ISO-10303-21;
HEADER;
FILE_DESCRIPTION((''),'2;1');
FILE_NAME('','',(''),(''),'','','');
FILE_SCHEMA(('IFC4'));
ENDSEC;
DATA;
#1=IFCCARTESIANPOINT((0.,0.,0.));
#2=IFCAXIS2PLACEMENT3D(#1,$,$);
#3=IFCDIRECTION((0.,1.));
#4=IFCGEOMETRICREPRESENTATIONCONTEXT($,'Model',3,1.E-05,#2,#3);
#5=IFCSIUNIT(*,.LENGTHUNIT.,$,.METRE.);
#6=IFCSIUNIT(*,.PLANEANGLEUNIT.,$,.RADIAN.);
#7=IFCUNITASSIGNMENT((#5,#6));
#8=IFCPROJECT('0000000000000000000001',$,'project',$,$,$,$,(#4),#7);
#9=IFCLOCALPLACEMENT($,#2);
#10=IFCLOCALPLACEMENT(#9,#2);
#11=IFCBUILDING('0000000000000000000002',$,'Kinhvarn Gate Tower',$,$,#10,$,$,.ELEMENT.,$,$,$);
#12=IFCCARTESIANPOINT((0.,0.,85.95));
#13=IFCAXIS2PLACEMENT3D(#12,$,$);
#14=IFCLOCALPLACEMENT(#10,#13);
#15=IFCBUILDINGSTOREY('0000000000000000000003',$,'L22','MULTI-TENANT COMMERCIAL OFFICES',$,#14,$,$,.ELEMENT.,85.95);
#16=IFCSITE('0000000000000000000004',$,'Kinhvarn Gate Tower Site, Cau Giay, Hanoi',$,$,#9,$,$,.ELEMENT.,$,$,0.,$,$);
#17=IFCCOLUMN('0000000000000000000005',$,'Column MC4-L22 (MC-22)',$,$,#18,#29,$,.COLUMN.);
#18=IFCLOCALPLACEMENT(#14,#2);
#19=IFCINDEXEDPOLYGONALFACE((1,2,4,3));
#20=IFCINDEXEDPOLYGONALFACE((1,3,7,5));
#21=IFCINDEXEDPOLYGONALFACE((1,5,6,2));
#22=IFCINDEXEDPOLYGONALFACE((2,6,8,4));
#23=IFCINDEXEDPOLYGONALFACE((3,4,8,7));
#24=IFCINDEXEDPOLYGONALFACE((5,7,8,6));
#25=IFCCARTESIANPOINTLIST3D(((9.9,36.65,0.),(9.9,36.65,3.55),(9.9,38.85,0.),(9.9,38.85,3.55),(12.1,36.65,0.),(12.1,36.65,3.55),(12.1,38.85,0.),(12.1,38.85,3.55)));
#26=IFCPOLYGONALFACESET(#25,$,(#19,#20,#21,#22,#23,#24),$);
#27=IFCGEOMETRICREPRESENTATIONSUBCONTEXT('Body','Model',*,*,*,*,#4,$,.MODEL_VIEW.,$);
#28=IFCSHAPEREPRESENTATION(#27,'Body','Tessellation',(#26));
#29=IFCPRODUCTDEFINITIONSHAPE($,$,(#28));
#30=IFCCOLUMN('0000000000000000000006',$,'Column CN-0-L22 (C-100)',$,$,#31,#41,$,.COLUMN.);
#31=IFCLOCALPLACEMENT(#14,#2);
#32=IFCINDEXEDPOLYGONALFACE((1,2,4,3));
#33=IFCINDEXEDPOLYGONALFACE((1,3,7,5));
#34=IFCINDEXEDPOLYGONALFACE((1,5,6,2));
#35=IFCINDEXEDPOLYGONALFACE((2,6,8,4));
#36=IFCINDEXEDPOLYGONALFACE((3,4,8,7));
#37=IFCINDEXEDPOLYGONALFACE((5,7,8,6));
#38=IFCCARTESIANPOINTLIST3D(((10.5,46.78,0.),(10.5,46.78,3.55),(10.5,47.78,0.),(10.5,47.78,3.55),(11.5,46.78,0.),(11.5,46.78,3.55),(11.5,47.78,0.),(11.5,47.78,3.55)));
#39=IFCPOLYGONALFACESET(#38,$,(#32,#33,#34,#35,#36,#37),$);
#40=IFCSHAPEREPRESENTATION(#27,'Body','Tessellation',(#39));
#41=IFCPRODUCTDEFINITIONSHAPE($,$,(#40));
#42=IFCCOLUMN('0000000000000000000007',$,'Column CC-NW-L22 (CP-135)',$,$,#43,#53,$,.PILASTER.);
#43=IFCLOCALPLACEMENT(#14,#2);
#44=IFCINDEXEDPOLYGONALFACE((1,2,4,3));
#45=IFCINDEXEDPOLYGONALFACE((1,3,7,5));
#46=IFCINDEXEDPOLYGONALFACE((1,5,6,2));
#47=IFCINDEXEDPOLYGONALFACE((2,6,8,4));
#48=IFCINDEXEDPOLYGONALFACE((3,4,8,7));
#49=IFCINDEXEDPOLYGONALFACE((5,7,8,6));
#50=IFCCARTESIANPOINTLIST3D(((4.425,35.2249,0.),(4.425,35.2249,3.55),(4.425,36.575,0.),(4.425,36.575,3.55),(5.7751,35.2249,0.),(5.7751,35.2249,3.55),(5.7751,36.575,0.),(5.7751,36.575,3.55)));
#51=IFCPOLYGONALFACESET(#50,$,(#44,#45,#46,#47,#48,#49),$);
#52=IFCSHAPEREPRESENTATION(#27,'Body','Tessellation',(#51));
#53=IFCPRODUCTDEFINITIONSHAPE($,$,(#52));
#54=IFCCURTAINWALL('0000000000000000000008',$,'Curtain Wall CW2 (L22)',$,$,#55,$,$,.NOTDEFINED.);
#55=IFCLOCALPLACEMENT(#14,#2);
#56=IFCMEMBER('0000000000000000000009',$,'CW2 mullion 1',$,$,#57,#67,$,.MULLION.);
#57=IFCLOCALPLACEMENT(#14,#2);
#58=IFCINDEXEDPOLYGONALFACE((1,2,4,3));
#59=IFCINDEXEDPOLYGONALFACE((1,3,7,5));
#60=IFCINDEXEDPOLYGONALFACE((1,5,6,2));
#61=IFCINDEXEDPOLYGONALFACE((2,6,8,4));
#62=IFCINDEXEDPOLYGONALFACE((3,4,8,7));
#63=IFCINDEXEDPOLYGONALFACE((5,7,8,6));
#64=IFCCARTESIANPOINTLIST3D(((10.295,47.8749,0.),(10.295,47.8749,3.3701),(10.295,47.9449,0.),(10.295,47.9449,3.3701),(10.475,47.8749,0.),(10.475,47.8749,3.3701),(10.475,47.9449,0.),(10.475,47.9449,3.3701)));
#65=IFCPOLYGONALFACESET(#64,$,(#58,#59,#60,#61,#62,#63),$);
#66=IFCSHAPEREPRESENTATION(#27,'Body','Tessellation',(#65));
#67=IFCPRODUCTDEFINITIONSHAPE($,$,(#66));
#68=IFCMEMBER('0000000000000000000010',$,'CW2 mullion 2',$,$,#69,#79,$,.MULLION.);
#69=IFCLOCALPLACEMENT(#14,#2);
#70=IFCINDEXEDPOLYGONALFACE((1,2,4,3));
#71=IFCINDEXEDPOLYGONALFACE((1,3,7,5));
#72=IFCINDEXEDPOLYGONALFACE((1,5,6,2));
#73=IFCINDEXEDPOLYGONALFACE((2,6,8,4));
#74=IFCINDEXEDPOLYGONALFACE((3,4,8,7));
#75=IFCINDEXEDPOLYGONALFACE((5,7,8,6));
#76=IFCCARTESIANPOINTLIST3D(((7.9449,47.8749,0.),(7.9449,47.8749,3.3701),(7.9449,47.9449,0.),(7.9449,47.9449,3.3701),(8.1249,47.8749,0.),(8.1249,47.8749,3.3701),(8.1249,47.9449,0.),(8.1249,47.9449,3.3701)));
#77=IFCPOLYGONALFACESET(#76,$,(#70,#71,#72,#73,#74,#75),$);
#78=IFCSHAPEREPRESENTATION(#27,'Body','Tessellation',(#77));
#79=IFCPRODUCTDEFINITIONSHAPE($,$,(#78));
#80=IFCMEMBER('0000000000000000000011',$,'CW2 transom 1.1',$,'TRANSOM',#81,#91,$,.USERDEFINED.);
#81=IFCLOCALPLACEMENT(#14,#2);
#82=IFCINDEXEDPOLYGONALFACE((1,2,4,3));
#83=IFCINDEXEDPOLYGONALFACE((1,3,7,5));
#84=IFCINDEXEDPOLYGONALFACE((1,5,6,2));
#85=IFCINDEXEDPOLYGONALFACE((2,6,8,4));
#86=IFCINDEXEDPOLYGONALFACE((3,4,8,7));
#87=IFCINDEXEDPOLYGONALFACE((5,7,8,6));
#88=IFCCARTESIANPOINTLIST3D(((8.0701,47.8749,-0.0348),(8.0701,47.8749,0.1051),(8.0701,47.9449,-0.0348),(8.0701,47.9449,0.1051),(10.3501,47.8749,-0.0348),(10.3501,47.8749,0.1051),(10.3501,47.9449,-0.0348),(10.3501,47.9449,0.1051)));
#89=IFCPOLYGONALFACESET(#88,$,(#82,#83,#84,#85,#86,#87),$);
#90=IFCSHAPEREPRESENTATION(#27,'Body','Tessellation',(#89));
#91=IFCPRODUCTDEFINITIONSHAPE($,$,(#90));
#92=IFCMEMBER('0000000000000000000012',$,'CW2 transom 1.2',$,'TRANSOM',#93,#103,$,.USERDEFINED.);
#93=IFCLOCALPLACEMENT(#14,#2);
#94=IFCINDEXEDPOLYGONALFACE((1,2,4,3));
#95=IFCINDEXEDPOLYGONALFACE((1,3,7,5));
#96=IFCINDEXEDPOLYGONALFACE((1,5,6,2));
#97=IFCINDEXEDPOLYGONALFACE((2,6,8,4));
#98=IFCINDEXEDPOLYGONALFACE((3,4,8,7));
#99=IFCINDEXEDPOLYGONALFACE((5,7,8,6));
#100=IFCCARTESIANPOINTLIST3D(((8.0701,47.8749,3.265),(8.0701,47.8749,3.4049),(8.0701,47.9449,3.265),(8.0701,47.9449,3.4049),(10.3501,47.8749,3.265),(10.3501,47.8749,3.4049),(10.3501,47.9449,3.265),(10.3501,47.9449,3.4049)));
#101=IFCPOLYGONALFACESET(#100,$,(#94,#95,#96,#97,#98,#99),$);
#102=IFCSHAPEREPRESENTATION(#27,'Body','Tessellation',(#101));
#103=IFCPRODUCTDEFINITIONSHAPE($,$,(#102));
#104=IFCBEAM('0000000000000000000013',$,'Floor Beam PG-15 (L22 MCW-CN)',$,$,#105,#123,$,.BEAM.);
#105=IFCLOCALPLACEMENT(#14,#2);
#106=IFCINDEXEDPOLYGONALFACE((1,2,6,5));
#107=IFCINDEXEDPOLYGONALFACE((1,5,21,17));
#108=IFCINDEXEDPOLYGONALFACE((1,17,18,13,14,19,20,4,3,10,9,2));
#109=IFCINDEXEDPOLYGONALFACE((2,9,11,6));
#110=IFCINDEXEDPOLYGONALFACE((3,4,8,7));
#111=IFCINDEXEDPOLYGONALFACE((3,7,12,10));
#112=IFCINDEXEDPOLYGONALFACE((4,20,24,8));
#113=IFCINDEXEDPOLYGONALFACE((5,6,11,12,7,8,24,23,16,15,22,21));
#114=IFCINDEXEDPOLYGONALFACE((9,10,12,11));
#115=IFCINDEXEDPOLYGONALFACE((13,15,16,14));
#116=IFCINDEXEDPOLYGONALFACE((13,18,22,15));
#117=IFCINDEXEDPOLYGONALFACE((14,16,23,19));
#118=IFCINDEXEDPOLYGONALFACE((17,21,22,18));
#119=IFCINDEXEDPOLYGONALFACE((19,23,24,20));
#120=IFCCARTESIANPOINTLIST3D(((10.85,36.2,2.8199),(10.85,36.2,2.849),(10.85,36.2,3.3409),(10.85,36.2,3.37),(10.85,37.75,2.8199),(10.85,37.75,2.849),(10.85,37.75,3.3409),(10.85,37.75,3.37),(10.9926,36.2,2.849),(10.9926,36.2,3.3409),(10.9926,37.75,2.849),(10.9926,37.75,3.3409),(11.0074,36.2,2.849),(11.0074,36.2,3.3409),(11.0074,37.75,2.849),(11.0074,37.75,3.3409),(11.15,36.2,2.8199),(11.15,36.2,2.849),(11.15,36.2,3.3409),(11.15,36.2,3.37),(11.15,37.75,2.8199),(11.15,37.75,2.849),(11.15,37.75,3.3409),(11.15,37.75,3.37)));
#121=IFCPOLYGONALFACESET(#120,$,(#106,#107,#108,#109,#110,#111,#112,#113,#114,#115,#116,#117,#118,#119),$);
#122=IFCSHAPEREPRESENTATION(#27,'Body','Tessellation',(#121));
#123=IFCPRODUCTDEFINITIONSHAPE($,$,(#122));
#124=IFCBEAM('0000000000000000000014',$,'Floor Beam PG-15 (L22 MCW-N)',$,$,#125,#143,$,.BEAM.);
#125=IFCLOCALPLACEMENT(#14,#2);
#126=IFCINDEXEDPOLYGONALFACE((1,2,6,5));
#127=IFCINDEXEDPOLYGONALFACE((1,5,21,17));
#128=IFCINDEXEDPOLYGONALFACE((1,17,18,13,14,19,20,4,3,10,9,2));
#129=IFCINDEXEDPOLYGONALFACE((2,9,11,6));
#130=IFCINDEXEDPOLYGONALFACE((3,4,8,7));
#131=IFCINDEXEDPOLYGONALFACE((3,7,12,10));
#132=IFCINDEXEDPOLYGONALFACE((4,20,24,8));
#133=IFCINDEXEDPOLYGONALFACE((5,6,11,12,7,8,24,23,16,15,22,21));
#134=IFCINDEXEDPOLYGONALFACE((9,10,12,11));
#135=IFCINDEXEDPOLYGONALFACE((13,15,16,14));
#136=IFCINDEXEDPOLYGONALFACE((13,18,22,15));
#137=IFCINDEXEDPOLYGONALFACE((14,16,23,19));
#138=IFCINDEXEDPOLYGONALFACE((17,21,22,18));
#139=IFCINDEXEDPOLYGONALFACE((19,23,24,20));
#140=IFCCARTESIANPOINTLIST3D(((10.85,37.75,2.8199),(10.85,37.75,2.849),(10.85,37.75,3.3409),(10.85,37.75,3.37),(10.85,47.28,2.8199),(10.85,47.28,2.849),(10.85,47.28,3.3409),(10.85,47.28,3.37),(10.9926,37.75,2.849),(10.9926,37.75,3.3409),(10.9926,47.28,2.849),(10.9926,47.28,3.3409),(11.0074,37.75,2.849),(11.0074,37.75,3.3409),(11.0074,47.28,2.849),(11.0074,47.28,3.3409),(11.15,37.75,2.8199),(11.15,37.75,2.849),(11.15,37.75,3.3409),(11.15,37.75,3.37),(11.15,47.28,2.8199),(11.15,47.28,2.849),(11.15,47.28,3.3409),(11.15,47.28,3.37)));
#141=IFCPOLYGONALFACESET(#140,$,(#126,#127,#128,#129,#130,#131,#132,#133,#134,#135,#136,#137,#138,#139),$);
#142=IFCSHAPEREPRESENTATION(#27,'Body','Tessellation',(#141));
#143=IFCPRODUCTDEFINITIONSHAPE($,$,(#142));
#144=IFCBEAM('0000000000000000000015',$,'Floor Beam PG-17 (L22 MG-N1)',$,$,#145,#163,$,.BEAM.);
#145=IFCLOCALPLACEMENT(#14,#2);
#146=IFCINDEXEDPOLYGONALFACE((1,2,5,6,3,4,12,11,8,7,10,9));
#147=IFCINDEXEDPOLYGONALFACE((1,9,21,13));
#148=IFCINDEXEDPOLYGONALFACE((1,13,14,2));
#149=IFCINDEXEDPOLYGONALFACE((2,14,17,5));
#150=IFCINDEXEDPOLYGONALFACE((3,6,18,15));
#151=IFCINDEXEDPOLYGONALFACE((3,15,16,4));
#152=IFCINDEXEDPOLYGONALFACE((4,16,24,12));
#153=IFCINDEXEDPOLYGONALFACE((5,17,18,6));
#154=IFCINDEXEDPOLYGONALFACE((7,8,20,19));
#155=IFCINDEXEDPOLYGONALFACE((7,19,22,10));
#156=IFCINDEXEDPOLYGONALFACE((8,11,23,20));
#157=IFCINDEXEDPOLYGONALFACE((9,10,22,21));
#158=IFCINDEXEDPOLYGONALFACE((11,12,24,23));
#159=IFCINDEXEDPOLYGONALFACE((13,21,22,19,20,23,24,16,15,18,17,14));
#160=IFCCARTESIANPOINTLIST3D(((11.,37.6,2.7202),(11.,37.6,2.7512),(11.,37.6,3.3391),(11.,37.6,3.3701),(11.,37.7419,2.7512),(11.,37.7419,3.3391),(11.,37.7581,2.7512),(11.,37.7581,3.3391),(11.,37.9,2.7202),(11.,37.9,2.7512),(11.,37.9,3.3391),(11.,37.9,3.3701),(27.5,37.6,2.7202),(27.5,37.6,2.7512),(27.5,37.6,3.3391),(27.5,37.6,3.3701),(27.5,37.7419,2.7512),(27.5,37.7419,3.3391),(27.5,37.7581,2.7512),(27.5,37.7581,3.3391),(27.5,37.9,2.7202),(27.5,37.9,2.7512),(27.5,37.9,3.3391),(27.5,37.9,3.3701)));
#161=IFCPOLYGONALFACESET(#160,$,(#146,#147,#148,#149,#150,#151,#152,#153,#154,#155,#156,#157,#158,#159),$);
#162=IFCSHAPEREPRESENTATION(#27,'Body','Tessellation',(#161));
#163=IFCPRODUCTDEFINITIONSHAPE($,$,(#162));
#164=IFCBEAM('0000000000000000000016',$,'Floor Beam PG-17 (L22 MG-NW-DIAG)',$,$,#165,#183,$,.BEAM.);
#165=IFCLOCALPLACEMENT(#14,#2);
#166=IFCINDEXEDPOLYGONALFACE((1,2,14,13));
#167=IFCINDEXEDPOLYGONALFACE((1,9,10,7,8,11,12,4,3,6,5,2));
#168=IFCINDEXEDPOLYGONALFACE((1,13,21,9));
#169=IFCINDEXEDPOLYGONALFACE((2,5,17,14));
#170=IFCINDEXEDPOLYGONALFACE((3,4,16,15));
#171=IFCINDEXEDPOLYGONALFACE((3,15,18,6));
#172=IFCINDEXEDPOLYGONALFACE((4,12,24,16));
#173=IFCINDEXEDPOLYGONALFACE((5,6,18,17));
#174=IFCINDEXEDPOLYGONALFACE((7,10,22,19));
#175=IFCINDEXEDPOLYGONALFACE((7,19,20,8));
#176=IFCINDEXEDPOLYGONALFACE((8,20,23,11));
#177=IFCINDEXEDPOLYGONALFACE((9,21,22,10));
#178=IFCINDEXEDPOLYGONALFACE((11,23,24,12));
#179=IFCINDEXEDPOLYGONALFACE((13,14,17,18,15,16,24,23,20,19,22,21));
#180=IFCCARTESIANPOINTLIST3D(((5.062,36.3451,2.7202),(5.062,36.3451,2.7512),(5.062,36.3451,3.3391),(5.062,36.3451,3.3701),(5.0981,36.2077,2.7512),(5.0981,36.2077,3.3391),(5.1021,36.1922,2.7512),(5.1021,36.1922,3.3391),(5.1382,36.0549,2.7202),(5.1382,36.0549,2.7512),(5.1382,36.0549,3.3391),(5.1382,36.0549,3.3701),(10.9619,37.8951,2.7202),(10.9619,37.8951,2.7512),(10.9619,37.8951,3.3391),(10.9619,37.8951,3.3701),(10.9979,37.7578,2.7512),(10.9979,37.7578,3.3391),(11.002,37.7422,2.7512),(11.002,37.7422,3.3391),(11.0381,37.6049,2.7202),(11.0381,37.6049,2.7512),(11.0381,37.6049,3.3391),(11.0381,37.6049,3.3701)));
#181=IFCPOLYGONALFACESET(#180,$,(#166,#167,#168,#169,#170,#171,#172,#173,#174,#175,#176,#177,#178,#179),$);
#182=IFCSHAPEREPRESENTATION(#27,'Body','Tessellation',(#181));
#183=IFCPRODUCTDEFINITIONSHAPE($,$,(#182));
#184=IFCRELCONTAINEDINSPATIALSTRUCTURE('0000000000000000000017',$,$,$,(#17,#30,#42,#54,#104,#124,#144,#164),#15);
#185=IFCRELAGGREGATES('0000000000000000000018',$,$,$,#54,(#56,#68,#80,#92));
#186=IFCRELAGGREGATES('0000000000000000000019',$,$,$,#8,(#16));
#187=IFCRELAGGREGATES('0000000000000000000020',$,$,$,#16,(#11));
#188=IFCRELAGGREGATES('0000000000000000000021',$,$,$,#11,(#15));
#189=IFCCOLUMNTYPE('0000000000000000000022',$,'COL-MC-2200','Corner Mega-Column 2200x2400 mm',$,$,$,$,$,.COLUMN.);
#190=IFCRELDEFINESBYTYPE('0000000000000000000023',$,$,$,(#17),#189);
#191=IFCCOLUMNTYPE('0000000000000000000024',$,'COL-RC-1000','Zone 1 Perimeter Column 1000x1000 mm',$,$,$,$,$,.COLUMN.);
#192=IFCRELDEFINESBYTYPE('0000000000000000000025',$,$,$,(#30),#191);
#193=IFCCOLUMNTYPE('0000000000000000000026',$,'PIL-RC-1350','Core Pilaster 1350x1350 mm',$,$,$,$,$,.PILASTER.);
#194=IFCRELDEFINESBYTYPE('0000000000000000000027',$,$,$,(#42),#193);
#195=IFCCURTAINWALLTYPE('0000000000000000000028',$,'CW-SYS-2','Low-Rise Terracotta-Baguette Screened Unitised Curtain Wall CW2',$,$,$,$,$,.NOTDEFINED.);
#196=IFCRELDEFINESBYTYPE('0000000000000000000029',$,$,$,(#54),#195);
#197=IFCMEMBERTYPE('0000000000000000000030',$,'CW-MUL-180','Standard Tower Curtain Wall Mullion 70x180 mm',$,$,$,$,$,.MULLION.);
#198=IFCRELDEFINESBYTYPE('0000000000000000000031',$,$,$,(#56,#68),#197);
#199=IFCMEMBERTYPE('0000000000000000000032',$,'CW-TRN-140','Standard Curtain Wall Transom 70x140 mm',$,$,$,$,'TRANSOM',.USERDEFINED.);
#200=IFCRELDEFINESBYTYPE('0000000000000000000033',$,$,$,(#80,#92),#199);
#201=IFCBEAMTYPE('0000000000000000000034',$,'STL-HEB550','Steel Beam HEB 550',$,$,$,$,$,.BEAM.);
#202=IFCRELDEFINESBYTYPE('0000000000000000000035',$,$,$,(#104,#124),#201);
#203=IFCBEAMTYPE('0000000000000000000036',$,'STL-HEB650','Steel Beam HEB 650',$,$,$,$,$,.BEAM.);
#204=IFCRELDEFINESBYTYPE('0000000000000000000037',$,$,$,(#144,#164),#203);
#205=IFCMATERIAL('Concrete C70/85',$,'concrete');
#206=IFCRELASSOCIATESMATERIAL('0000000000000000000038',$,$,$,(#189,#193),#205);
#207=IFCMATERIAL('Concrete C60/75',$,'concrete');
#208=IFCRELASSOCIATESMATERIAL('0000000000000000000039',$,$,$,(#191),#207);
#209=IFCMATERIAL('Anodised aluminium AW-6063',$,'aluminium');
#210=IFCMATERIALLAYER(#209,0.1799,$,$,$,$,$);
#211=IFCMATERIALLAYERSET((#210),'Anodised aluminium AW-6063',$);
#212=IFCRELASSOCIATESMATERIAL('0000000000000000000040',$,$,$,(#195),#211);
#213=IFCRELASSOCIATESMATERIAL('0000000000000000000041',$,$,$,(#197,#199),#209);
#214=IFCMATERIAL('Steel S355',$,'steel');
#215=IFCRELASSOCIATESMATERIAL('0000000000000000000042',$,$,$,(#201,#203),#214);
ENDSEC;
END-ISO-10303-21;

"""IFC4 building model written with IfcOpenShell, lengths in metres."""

from ifc_helpers import new_model, si_unit, direction, frame, origin, origin_2d, place, context, subcontext, project, spatial, rectangle, i_section, extrude, material, layer, layer_set, material_profile, profile_set, type_object, element, aggregate, save


model = new_model("IFC4")

# Units and contexts
model_context = context("Model", 3, precision=1e-05, world=origin(), true_north=direction((0.0, 1.0)))
body_context = subcontext(model_context, "Body", "Model", "MODEL_VIEW")
ifc_project = project(units=[si_unit("LENGTHUNIT", "METRE"), si_unit("PLANEANGLEUNIT", "RADIAN")], contexts=[model_context])

# Site, building, storey
site_placement = place(None, origin())
site = spatial("IfcSite", under=ifc_project, at=site_placement, Name="Kinhvarn Gate Tower Site, Cau Giay, Hanoi", CompositionType="ELEMENT", RefElevation=0.0)
building_placement = place(site_placement, origin())
building = spatial("IfcBuilding", under=site, at=building_placement, Name="Kinhvarn Gate Tower", CompositionType="ELEMENT")
storey_placement = place(building_placement, frame((0.0, 0.0, 85.95)))
storey = spatial("IfcBuildingStorey", under=building, at=storey_placement, Name="L22", Description="MULTI-TENANT COMMERCIAL OFFICES", CompositionType="ELEMENT", Elevation=85.95)

# Columns
ifc_material_1 = material(Name="Concrete C70/85", Category="concrete")
ifc_material_profile_1 = material_profile(ifc_material_1, rectangle(XDim=2.2, YDim=2.2, at=origin_2d()), Name="RC 2200x2200")
ifc_profile_set_1 = profile_set([ifc_material_profile_1], Name="Concrete C70/85")
column_type_1 = type_object("IfcColumnType", Name="COL-MC-2200", Description="Corner Mega-Column 2200x2400 mm", PredefinedType="COLUMN", material=ifc_profile_set_1)
column_1_placement = place(storey_placement, frame((11.0, 37.75, 0.0), z_axis=(0.0, 0.0, 1.0), x_axis=(1.0, 0.0, 0.0)))
element("IfcColumn", 1, at=column_1_placement, inside=storey, type_object=column_type_1, Name="Column MC4-L22 (MC-22)", PredefinedType="COLUMN", context=body_context, shape_type="SweptSolid", body=[
    extrude(rectangle(XDim=2.2, YDim=2.2, at=origin_2d()), origin(), (0.0, 0.0, 1.0), 3.55),
])
ifc_material_2 = material(Name="Concrete C60/75", Category="concrete")
ifc_material_profile_2 = material_profile(ifc_material_2, rectangle(XDim=1.0, YDim=1.0, at=origin_2d()), Name="RC 1000x1000")
ifc_profile_set_2 = profile_set([ifc_material_profile_2], Name="Concrete C60/75")
column_type_2 = type_object("IfcColumnType", Name="COL-RC-1000", Description="Zone 1 Perimeter Column 1000x1000 mm", PredefinedType="COLUMN", material=ifc_profile_set_2)
column_2_placement = place(storey_placement, frame((11.0, 47.28, 0.0), z_axis=(0.0, 0.0, 1.0), x_axis=(1.0, 0.0, 0.0)))
element("IfcColumn", 2, at=column_2_placement, inside=storey, type_object=column_type_2, Name="Column CN-0-L22 (C-100)", PredefinedType="COLUMN", context=body_context, shape_type="SweptSolid", body=[
    extrude(rectangle(XDim=1.0, YDim=1.0, at=origin_2d()), origin(), (0.0, 0.0, 1.0), 3.55),
])
ifc_material_profile_3 = material_profile(ifc_material_1, rectangle(XDim=1.3501, YDim=1.3501, at=origin_2d()), Name="RC 1350x1350")
ifc_profile_set_3 = profile_set([ifc_material_profile_3], Name="Concrete C70/85")
column_type_3 = type_object("IfcColumnType", Name="PIL-RC-1350", Description="Core Pilaster 1350x1350 mm", PredefinedType="PILASTER", material=ifc_profile_set_3)
column_3_placement = place(storey_placement, frame((5.1001, 35.8999, 0.0), z_axis=(0.0, 0.0, 1.0), x_axis=(1.0, 0.0, 0.0)))
element("IfcColumn", 3, at=column_3_placement, inside=storey, type_object=column_type_3, Name="Column CC-NW-L22 (CP-135)", PredefinedType="PILASTER", context=body_context, shape_type="SweptSolid", body=[
    extrude(rectangle(XDim=1.3501, YDim=1.3501, at=origin_2d()), origin(), (0.0, 0.0, 1.0), 3.55),
])

# Curtain wall, members
ifc_material_3 = material(Name="Anodised aluminium AW-6063", Category="aluminium")
ifc_layer_1 = layer(ifc_material_3, 0.1799)
ifc_layer_set_1 = layer_set([ifc_layer_1], Name="Anodised aluminium AW-6063")
curtain_wall_type = type_object("IfcCurtainWallType", Name="CW-SYS-2", Description="Low-Rise Terracotta-Baguette Screened Unitised Curtain Wall CW2", PredefinedType="NOTDEFINED", material=ifc_layer_set_1)
curtain_wall_placement = place(storey_placement, origin())
curtain_wall = element("IfcCurtainWall", 4, at=curtain_wall_placement, inside=storey, type_object=curtain_wall_type, Name="Curtain Wall CW2 (L22)", PredefinedType="NOTDEFINED")
ifc_material_profile_4 = material_profile(ifc_material_3, rectangle(XDim=0.0701, YDim=0.1799, at=origin_2d()), Name="ALU 70x180")
ifc_profile_set_4 = profile_set([ifc_material_profile_4], Name="Anodised aluminium AW-6063")
member_type_1 = type_object("IfcMemberType", Name="CW-MUL-180", Description="Standard Tower Curtain Wall Mullion 70x180 mm", PredefinedType="MULLION", material=ifc_profile_set_4)
member_1_placement = place(storey_placement, frame((10.385, 47.9099, 0.0), z_axis=(0.0, 0.0, 1.0), x_axis=(0.0, -1.0, 0.0)))
member_1 = element("IfcMember", 5, at=member_1_placement, type_object=member_type_1, Name="CW2 mullion 1", PredefinedType="MULLION", context=body_context, shape_type="SweptSolid", body=[
    extrude(rectangle(XDim=0.0701, YDim=0.1799, at=origin_2d()), origin(), (0.0, 0.0, 1.0), 3.3701),
])
member_2_placement = place(storey_placement, frame((8.0349, 47.9099, 0.0), z_axis=(0.0, 0.0, 1.0), x_axis=(0.0, -1.0, 0.0)))
member_2 = element("IfcMember", 6, at=member_2_placement, type_object=member_type_1, Name="CW2 mullion 2", PredefinedType="MULLION", context=body_context, shape_type="SweptSolid", body=[
    extrude(rectangle(XDim=0.0701, YDim=0.1799, at=origin_2d()), origin(), (0.0, 0.0, 1.0), 3.3701),
])
ifc_material_profile_5 = material_profile(ifc_material_3, rectangle(XDim=0.0701, YDim=0.1399, at=origin_2d()), Name="ALU 70x140")
ifc_profile_set_5 = profile_set([ifc_material_profile_5], Name="Anodised aluminium AW-6063")
member_type_2 = type_object("IfcMemberType", Name="CW-TRN-140", Description="Standard Curtain Wall Transom 70x140 mm", ElementType="TRANSOM", PredefinedType="USERDEFINED", material=ifc_profile_set_5)
member_3_placement = place(storey_placement, frame((10.3501, 47.9099, 0.0352), z_axis=(-1.0, 0.0, 0.0), x_axis=(0.0, -1.0, 0.0)))
member_3 = element("IfcMember", 7, at=member_3_placement, type_object=member_type_2, Name="CW2 transom 1.1", ObjectType="TRANSOM", PredefinedType="USERDEFINED", context=body_context, shape_type="SweptSolid", body=[
    extrude(rectangle(XDim=0.0701, YDim=0.1399, at=origin_2d()), origin(), (0.0, 0.0, 1.0), 2.28),
])
member_4_placement = place(storey_placement, frame((10.3501, 47.9099, 3.335), z_axis=(-1.0, 0.0, 0.0), x_axis=(0.0, -1.0, 0.0)))
member_4 = element("IfcMember", 8, at=member_4_placement, type_object=member_type_2, Name="CW2 transom 1.2", ObjectType="TRANSOM", PredefinedType="USERDEFINED", context=body_context, shape_type="SweptSolid", body=[
    extrude(rectangle(XDim=0.0701, YDim=0.1399, at=origin_2d()), origin(), (0.0, 0.0, 1.0), 2.28),
])

# Beams
ifc_material_4 = material(Name="Steel S355", Category="steel")
ifc_material_profile_6 = material_profile(ifc_material_4, i_section(OverallWidth=0.3, OverallDepth=0.55, WebThickness=0.0149, FlangeThickness=0.0291, at=origin_2d()), Name="HEB 550")
ifc_profile_set_6 = profile_set([ifc_material_profile_6], Name="Steel S355")
beam_type_1 = type_object("IfcBeamType", Name="STL-HEB550", Description="Steel Beam HEB 550", PredefinedType="BEAM", material=ifc_profile_set_6)
beam_1_placement = place(storey_placement, frame((11.0, 36.2, 3.095), z_axis=(0.0, 1.0, 0.0), x_axis=(-1.0, 0.0, 0.0)))
element("IfcBeam", 9, at=beam_1_placement, inside=storey, type_object=beam_type_1, Name="Floor Beam PG-15 (L22 MCW-CN)", PredefinedType="BEAM", context=body_context, shape_type="SweptSolid", body=[
    extrude(i_section(OverallWidth=0.3, OverallDepth=0.55, WebThickness=0.0149, FlangeThickness=0.0291, at=origin_2d()), origin(), (0.0, 0.0, 1.0), 1.55),
])
beam_2_placement = place(storey_placement, frame((11.0, 37.75, 3.095), z_axis=(0.0, 1.0, 0.0), x_axis=(-1.0, 0.0, 0.0)))
element("IfcBeam", 10, at=beam_2_placement, inside=storey, type_object=beam_type_1, Name="Floor Beam PG-15 (L22 MCW-N)", PredefinedType="BEAM", context=body_context, shape_type="SweptSolid", body=[
    extrude(i_section(OverallWidth=0.3, OverallDepth=0.55, WebThickness=0.0149, FlangeThickness=0.0291, at=origin_2d()), origin(), (0.0, 0.0, 1.0), 9.53),
])
ifc_material_profile_7 = material_profile(ifc_material_4, i_section(OverallWidth=0.3, OverallDepth=0.6499, WebThickness=0.0161, FlangeThickness=0.031, at=origin_2d()), Name="HEB 650")
ifc_profile_set_7 = profile_set([ifc_material_profile_7], Name="Steel S355")
beam_type_2 = type_object("IfcBeamType", Name="STL-HEB650", Description="Steel Beam HEB 650", PredefinedType="BEAM", material=ifc_profile_set_7)
beam_3_placement = place(storey_placement, frame((11.0, 37.75, 3.0452), z_axis=(1.0, 0.0, 0.0), x_axis=(0.0, 1.0, 0.0)))
element("IfcBeam", 11, at=beam_3_placement, inside=storey, type_object=beam_type_2, Name="Floor Beam PG-17 (L22 MG-N1)", PredefinedType="BEAM", context=body_context, shape_type="SweptSolid", body=[
    extrude(i_section(OverallWidth=0.3, OverallDepth=0.6499, WebThickness=0.0161, FlangeThickness=0.031, at=origin_2d()), origin(), (0.0, 0.0, 1.0), 16.5),
])
beam_4_placement = place(storey_placement, frame((5.1001, 36.2, 3.0452), z_axis=(0.967178, 0.254101, 0.0), x_axis=(-0.254101, 0.967178, 0.0)))
element("IfcBeam", 12, at=beam_4_placement, inside=storey, type_object=beam_type_2, Name="Floor Beam PG-17 (L22 MG-NW-DIAG)", PredefinedType="BEAM", context=body_context, shape_type="SweptSolid", body=[
    extrude(i_section(OverallWidth=0.3, OverallDepth=0.6499, WebThickness=0.0161, FlangeThickness=0.031, at=origin_2d()), origin(), (0.0, 0.0, 1.0), 6.1001),
])

aggregate(curtain_wall, [member_1, member_2, member_3, member_4])

save(model, "model.ifc")
